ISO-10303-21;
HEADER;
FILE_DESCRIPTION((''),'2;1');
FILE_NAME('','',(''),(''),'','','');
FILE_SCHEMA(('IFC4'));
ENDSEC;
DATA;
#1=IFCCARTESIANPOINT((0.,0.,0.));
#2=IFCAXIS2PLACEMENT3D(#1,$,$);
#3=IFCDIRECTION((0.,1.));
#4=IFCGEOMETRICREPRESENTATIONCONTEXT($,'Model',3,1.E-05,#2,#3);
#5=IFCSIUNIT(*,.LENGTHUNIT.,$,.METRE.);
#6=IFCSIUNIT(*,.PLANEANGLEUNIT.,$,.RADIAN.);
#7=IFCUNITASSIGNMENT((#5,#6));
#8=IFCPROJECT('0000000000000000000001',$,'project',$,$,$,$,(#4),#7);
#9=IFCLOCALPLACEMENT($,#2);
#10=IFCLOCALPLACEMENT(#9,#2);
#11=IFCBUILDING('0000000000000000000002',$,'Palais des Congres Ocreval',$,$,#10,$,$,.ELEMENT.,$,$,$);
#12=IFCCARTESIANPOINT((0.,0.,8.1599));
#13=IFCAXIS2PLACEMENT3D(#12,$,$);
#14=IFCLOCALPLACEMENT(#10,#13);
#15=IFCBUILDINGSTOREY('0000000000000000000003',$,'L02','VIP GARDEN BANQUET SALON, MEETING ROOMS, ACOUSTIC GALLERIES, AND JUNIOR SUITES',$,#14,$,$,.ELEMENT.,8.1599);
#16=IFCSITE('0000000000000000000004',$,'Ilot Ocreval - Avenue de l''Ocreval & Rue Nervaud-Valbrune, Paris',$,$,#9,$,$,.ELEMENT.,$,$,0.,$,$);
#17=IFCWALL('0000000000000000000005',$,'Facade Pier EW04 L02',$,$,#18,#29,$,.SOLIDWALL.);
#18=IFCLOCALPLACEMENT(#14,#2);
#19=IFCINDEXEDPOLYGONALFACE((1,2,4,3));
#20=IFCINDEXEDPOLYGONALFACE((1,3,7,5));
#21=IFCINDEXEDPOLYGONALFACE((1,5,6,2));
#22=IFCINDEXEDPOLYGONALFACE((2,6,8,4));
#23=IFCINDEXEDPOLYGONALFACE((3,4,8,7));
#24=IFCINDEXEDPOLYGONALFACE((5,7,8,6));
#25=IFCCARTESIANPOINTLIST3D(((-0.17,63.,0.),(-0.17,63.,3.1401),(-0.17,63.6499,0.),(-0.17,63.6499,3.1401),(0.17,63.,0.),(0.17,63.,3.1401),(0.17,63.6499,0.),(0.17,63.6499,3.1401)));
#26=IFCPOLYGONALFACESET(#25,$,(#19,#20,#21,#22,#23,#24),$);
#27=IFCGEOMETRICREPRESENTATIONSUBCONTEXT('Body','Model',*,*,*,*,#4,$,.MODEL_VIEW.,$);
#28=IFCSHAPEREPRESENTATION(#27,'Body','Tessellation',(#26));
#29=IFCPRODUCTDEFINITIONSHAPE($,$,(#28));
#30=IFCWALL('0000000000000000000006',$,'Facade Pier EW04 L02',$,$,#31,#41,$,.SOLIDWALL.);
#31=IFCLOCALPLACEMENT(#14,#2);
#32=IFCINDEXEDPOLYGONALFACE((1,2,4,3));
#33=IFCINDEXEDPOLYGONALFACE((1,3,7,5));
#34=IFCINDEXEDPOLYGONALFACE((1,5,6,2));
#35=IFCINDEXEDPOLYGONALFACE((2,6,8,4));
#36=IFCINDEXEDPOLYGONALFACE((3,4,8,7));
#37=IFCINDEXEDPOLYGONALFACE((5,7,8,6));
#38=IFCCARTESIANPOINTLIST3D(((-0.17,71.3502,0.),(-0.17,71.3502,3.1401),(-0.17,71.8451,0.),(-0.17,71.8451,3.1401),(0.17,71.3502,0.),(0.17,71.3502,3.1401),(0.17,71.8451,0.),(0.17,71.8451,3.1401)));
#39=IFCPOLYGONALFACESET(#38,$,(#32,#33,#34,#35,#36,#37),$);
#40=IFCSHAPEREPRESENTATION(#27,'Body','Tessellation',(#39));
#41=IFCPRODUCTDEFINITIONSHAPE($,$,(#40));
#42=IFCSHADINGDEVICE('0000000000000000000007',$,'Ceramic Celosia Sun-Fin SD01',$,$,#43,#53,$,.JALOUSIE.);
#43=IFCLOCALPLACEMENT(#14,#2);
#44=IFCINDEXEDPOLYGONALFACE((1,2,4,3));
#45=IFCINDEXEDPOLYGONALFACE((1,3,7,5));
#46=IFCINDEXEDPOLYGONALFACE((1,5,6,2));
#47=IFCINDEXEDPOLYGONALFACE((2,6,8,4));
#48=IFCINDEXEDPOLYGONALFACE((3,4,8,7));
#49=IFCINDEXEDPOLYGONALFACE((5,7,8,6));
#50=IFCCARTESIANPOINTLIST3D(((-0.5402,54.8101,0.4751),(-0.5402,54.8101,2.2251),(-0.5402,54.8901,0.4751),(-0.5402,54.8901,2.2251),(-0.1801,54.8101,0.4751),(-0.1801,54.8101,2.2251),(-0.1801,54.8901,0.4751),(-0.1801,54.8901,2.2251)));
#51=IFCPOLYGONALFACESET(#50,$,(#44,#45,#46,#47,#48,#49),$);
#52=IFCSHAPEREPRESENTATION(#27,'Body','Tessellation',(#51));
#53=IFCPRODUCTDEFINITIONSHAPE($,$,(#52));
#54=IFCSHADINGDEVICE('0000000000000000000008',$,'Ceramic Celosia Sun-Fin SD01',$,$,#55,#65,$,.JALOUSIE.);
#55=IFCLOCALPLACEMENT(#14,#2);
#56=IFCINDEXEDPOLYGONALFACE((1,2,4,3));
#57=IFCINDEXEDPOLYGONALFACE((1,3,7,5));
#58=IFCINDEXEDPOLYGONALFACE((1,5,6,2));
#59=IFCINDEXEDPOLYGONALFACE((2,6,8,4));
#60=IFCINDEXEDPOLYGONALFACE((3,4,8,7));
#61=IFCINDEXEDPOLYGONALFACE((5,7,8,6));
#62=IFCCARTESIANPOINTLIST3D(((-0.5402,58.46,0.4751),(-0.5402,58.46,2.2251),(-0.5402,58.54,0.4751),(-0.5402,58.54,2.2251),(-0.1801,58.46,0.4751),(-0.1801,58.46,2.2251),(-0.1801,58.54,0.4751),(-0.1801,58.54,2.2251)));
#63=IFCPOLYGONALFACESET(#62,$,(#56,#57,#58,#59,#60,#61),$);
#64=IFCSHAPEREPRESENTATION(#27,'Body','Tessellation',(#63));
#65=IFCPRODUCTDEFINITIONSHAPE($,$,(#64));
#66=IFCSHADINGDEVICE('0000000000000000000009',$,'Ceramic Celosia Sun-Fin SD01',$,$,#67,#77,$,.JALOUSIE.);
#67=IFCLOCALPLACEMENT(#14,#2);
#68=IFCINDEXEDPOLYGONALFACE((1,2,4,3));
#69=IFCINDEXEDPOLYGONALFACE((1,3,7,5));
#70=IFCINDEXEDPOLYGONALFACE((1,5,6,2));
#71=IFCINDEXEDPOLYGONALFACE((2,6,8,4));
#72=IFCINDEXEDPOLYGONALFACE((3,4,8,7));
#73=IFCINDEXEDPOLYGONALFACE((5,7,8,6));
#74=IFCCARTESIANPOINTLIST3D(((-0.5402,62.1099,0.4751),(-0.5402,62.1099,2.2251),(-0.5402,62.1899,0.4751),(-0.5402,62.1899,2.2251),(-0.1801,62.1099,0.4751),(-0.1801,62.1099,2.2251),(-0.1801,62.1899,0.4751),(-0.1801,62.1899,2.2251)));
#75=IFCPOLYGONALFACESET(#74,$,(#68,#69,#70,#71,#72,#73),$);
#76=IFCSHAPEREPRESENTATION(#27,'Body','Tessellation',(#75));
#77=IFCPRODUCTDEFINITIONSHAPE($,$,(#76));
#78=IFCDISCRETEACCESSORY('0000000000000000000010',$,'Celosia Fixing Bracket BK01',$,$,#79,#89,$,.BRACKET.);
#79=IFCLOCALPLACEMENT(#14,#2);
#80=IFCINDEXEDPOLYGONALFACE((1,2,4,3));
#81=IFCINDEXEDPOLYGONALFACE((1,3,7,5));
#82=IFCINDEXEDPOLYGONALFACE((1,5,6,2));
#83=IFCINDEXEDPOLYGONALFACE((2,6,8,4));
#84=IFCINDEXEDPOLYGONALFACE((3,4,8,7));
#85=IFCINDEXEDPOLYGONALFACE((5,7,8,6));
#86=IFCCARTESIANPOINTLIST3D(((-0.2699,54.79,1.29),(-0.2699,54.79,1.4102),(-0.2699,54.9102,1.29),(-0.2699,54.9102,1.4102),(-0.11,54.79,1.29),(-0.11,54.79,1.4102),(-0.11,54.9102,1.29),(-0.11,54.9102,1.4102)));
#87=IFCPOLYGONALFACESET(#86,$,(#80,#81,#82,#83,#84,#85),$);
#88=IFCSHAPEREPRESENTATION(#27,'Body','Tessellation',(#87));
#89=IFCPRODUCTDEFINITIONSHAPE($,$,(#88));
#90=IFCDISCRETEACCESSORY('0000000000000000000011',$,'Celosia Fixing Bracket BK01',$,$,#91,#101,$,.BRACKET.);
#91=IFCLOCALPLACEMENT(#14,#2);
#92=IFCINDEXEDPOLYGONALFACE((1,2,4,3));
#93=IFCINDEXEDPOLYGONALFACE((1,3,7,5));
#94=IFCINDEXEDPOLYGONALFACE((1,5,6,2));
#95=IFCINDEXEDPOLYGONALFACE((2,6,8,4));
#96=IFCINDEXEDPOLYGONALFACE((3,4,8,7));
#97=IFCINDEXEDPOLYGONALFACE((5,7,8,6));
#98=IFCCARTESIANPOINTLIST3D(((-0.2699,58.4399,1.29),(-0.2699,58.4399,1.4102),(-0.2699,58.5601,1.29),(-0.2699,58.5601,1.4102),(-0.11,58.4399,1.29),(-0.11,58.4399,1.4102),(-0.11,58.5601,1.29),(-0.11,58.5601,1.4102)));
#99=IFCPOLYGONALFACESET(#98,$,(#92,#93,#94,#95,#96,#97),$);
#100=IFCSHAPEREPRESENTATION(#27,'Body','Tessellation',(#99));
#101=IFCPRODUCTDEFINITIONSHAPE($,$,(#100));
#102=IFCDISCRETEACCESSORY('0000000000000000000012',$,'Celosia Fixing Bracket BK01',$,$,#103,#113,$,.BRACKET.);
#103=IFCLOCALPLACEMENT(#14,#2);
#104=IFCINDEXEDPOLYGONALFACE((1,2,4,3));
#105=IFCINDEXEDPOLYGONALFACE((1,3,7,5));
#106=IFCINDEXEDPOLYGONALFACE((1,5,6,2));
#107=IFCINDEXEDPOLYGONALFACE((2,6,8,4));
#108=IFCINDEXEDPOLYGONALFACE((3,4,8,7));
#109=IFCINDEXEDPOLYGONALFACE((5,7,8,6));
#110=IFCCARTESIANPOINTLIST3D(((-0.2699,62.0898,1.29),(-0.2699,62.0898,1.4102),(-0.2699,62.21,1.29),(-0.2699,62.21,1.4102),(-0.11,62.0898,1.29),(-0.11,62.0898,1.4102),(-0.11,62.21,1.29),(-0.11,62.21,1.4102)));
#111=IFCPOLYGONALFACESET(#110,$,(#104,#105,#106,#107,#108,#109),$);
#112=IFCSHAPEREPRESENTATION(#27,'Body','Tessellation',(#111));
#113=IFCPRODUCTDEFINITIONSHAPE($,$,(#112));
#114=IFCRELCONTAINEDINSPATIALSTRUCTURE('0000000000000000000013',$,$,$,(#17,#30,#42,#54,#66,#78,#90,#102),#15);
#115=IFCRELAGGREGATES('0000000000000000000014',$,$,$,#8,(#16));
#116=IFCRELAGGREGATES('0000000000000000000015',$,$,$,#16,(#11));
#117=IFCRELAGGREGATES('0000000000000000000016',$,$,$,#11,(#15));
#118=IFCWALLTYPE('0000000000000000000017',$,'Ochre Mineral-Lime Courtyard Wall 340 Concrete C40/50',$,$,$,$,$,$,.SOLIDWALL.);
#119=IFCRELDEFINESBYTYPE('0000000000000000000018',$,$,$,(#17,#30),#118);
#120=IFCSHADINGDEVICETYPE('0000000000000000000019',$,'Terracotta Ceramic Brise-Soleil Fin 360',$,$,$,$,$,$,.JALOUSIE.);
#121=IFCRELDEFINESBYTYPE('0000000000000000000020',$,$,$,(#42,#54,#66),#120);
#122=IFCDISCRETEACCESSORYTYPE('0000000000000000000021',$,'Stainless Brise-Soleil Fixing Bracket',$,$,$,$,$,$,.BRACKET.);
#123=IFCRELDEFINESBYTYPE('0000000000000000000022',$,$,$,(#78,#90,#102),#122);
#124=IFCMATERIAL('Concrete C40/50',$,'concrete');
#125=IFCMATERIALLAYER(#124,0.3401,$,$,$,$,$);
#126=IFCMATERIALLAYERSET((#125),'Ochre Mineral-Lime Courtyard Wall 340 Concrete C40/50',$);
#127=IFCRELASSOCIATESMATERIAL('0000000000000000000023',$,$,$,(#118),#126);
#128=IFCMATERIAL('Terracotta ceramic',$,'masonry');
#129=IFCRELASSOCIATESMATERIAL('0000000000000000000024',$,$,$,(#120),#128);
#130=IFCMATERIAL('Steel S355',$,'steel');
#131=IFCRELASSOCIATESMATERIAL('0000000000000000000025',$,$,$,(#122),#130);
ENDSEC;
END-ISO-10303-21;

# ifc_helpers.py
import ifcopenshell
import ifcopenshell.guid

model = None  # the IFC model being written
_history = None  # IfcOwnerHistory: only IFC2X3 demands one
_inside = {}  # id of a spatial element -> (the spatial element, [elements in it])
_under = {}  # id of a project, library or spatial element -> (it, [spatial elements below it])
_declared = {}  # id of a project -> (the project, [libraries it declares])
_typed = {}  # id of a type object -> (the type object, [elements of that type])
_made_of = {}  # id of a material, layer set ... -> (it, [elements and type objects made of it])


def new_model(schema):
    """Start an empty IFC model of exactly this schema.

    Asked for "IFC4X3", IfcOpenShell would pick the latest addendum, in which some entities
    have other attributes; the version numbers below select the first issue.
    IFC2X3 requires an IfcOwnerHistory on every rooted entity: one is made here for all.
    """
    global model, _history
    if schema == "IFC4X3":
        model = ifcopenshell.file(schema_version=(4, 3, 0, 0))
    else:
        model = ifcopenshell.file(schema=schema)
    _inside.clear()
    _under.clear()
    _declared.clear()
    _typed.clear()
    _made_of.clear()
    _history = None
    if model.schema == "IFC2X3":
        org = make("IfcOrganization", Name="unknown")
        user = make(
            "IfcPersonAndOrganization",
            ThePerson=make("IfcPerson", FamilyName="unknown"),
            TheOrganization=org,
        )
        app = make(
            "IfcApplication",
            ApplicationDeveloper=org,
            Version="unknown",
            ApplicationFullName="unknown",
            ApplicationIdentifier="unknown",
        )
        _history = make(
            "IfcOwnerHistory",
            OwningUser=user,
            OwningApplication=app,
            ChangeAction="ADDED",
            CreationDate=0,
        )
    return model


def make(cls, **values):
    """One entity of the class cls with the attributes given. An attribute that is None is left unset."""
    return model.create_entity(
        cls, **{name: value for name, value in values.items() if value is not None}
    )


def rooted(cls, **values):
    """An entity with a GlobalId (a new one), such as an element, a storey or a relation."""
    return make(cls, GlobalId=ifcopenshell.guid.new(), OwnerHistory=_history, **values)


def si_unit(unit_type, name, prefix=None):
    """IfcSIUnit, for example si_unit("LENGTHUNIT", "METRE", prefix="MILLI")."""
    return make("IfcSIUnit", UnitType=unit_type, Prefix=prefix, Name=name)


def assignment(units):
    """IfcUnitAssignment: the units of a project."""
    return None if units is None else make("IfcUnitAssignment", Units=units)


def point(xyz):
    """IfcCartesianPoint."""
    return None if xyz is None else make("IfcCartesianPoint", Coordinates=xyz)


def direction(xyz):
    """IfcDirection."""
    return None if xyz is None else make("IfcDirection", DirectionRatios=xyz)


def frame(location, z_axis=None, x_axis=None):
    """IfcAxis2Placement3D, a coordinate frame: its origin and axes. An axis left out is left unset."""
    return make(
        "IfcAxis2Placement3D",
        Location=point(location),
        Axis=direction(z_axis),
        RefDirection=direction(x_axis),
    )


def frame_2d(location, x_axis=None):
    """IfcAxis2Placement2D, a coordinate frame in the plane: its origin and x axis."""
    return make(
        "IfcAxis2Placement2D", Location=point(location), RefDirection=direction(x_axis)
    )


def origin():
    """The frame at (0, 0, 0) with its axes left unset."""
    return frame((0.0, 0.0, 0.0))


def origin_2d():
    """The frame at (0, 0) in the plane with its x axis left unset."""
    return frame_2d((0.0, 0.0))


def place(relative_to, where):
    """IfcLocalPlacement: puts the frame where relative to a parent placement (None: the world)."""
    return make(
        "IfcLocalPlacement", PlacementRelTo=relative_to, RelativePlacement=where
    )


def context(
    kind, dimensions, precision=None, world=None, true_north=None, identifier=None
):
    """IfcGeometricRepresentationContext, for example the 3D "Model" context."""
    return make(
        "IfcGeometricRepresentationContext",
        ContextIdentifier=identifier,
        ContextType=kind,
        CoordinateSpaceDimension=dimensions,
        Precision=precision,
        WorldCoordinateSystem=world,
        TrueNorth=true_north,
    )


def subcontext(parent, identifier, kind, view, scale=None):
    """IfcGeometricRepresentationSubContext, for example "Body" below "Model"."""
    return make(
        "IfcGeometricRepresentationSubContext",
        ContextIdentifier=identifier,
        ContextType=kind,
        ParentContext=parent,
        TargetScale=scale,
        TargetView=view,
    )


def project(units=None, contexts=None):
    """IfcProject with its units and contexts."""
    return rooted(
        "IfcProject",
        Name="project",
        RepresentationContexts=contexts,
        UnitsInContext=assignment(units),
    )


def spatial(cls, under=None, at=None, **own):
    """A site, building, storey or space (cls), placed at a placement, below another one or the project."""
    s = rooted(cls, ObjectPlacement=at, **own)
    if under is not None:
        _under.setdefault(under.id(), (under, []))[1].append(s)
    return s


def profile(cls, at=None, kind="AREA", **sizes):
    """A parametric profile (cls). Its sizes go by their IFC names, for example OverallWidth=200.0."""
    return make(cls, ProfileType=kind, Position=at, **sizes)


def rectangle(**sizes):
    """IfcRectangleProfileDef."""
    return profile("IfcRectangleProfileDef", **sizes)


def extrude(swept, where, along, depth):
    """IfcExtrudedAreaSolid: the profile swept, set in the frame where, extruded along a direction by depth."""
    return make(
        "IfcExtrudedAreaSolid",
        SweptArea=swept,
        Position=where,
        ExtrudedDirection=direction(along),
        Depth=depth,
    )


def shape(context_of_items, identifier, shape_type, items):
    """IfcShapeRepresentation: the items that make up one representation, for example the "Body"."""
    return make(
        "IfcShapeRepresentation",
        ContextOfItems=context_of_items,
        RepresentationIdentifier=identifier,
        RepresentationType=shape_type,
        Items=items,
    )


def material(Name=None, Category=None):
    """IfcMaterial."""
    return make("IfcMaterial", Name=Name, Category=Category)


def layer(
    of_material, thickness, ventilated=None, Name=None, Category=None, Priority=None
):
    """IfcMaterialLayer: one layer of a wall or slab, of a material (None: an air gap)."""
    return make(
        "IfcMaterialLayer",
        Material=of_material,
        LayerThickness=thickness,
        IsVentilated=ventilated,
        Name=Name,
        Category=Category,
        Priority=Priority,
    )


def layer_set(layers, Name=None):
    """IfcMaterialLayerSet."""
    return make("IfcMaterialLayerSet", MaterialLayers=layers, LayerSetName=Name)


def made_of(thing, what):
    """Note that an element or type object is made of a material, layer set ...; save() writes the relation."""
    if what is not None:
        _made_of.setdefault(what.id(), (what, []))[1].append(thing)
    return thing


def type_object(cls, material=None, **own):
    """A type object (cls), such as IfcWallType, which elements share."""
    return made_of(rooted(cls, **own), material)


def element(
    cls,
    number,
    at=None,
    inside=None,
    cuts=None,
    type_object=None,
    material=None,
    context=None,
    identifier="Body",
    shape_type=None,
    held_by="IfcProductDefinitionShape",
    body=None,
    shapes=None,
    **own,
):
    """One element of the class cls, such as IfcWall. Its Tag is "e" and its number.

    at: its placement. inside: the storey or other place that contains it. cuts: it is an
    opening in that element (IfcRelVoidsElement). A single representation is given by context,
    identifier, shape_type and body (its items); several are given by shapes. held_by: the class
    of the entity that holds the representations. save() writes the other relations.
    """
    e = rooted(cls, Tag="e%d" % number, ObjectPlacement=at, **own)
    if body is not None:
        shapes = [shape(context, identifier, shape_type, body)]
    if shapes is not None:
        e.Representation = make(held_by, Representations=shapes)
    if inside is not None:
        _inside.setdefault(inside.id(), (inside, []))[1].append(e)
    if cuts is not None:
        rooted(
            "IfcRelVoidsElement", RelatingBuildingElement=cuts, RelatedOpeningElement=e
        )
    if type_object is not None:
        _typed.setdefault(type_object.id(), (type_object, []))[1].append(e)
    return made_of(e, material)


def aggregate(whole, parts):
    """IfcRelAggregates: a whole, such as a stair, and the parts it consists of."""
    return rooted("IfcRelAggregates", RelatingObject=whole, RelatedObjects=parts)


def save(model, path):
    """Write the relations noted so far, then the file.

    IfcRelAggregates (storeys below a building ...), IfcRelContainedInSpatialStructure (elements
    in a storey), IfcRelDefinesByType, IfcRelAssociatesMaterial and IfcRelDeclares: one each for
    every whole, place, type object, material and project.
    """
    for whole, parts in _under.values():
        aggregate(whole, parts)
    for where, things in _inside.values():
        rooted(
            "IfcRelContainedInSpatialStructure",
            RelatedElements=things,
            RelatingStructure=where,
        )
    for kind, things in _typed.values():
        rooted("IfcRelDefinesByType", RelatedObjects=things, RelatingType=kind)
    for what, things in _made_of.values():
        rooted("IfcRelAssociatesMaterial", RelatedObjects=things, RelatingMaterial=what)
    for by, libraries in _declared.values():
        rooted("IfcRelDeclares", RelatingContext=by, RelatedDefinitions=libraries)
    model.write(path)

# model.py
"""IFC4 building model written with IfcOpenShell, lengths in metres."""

from ifc_helpers import new_model, si_unit, direction, frame, frame_2d, origin, origin_2d, place, context, subcontext, project, spatial, rectangle, extrude, material, layer, layer_set, type_object, element, save


model = new_model("IFC4")

# Units and contexts
model_context = context("Model", 3, precision=1e-05, world=origin(), true_north=direction((0.0, 1.0)))
body_context = subcontext(model_context, "Body", "Model", "MODEL_VIEW")
ifc_project = project(units=[si_unit("LENGTHUNIT", "METRE"), si_unit("PLANEANGLEUNIT", "RADIAN")], contexts=[model_context])

# Site, building, storey
site_placement = place(None, origin())
site = spatial("IfcSite", under=ifc_project, at=site_placement, Name="Ilot Ocreval - Avenue de l'Ocreval & Rue Nervaud-Valbrune, Paris", CompositionType="ELEMENT", RefElevation=0.0)
building_placement = place(site_placement, origin())
building = spatial("IfcBuilding", under=site, at=building_placement, Name="Palais des Congres Ocreval", CompositionType="ELEMENT")
storey_placement = place(building_placement, frame((0.0, 0.0, 8.1599)))
storey = spatial("IfcBuildingStorey", under=building, at=storey_placement, Name="L02", Description="VIP GARDEN BANQUET SALON, MEETING ROOMS, ACOUSTIC GALLERIES, AND JUNIOR SUITES", CompositionType="ELEMENT", Elevation=8.1599)

# Shared definitions
ifc_material_1 = material(Name="Steel S355", Category="steel")

# Walls
ifc_material_2 = material(Name="Concrete C40/50", Category="concrete")
ifc_layer_1 = layer(ifc_material_2, 0.3401)
ifc_layer_set_1 = layer_set([ifc_layer_1], Name="Ochre Mineral-Lime Courtyard Wall 340 Concrete C40/50")
wall_type_1 = type_object("IfcWallType", Name="Ochre Mineral-Lime Courtyard Wall 340 Concrete C40/50", PredefinedType="SOLIDWALL", material=ifc_layer_set_1)
wall_1_placement = place(storey_placement, frame((0.0, 63.0, 0.0), z_axis=(0.0, 0.0, 1.0), x_axis=(0.0, 1.0, 0.0)))
element("IfcWall", 1, at=wall_1_placement, inside=storey, type_object=wall_type_1, Name="Facade Pier EW04 L02", PredefinedType="SOLIDWALL", context=body_context, shape_type="SweptSolid", body=[
    extrude(rectangle(XDim=0.6499, YDim=0.3401, at=frame_2d((0.325, 0.0))), origin(), (0.0, 0.0, 1.0), 3.1401),
])
wall_2_placement = place(storey_placement, frame((0.0, 71.3501, 0.0), z_axis=(0.0, 0.0, 1.0), x_axis=(0.0, 1.0, 0.0)))
element("IfcWall", 2, at=wall_2_placement, inside=storey, type_object=wall_type_1, Name="Facade Pier EW04 L02", PredefinedType="SOLIDWALL", context=body_context, shape_type="SweptSolid", body=[
    extrude(rectangle(XDim=0.4949, YDim=0.3401, at=frame_2d((0.2476, 0.0))), origin(), (0.0, 0.0, 1.0), 3.1401),
])

# Shading devices
ifc_material_3 = material(Name="Terracotta ceramic", Category="masonry")
shading_device_type = type_object("IfcShadingDeviceType", Name="Terracotta Ceramic Brise-Soleil Fin 360", PredefinedType="JALOUSIE", material=ifc_material_3)
for number, where, z_axis, x_axis, name in (
    (3, (-0.3601, 54.8501, 0.4751), (0.0, 0.0, 1.0), (-1.0, 0.0, 0.0), "Ceramic Celosia Sun-Fin SD01"),
    (4, (-0.3601, 58.5, 0.4751), (0.0, 0.0, 1.0), (-1.0, 0.0, 0.0), "Ceramic Celosia Sun-Fin SD01"),
    (5, (-0.3601, 62.1499, 0.4751), (0.0, 0.0, 1.0), (-1.0, 0.0, 0.0), "Ceramic Celosia Sun-Fin SD01"),
):
    element("IfcShadingDevice", number, at=place(storey_placement, frame(where, z_axis=z_axis, x_axis=x_axis)), inside=storey, type_object=shading_device_type, Name=name, PredefinedType="JALOUSIE", context=body_context, shape_type="SweptSolid", body=[
        extrude(rectangle(XDim=0.3601, YDim=0.0801, at=origin_2d()), origin(), (0.0, 0.0, 1.0), 1.75),
    ])

# Discrete accessories
discrete_accessory_type = type_object("IfcDiscreteAccessoryType", Name="Stainless Brise-Soleil Fixing Bracket", PredefinedType="BRACKET", material=ifc_material_1)
for number, where, z_axis, x_axis, name in (
    (6, (-0.1899, 54.8501, 1.29), (0.0, 0.0, 1.0), (-1.0, 0.0, 0.0), "Celosia Fixing Bracket BK01"),
    (7, (-0.1899, 58.5, 1.29), (0.0, 0.0, 1.0), (-1.0, 0.0, 0.0), "Celosia Fixing Bracket BK01"),
    (8, (-0.1899, 62.1499, 1.29), (0.0, 0.0, 1.0), (-1.0, 0.0, 0.0), "Celosia Fixing Bracket BK01"),
):
    element("IfcDiscreteAccessory", number, at=place(storey_placement, frame(where, z_axis=z_axis, x_axis=x_axis)), inside=storey, type_object=discrete_accessory_type, Name=name, PredefinedType="BRACKET", context=body_context, shape_type="SweptSolid", body=[
        extrude(rectangle(XDim=0.1599, YDim=0.1201, at=origin_2d()), origin(), (0.0, 0.0, 1.0), 0.1201),
    ])

save(model, "model.ifc")
